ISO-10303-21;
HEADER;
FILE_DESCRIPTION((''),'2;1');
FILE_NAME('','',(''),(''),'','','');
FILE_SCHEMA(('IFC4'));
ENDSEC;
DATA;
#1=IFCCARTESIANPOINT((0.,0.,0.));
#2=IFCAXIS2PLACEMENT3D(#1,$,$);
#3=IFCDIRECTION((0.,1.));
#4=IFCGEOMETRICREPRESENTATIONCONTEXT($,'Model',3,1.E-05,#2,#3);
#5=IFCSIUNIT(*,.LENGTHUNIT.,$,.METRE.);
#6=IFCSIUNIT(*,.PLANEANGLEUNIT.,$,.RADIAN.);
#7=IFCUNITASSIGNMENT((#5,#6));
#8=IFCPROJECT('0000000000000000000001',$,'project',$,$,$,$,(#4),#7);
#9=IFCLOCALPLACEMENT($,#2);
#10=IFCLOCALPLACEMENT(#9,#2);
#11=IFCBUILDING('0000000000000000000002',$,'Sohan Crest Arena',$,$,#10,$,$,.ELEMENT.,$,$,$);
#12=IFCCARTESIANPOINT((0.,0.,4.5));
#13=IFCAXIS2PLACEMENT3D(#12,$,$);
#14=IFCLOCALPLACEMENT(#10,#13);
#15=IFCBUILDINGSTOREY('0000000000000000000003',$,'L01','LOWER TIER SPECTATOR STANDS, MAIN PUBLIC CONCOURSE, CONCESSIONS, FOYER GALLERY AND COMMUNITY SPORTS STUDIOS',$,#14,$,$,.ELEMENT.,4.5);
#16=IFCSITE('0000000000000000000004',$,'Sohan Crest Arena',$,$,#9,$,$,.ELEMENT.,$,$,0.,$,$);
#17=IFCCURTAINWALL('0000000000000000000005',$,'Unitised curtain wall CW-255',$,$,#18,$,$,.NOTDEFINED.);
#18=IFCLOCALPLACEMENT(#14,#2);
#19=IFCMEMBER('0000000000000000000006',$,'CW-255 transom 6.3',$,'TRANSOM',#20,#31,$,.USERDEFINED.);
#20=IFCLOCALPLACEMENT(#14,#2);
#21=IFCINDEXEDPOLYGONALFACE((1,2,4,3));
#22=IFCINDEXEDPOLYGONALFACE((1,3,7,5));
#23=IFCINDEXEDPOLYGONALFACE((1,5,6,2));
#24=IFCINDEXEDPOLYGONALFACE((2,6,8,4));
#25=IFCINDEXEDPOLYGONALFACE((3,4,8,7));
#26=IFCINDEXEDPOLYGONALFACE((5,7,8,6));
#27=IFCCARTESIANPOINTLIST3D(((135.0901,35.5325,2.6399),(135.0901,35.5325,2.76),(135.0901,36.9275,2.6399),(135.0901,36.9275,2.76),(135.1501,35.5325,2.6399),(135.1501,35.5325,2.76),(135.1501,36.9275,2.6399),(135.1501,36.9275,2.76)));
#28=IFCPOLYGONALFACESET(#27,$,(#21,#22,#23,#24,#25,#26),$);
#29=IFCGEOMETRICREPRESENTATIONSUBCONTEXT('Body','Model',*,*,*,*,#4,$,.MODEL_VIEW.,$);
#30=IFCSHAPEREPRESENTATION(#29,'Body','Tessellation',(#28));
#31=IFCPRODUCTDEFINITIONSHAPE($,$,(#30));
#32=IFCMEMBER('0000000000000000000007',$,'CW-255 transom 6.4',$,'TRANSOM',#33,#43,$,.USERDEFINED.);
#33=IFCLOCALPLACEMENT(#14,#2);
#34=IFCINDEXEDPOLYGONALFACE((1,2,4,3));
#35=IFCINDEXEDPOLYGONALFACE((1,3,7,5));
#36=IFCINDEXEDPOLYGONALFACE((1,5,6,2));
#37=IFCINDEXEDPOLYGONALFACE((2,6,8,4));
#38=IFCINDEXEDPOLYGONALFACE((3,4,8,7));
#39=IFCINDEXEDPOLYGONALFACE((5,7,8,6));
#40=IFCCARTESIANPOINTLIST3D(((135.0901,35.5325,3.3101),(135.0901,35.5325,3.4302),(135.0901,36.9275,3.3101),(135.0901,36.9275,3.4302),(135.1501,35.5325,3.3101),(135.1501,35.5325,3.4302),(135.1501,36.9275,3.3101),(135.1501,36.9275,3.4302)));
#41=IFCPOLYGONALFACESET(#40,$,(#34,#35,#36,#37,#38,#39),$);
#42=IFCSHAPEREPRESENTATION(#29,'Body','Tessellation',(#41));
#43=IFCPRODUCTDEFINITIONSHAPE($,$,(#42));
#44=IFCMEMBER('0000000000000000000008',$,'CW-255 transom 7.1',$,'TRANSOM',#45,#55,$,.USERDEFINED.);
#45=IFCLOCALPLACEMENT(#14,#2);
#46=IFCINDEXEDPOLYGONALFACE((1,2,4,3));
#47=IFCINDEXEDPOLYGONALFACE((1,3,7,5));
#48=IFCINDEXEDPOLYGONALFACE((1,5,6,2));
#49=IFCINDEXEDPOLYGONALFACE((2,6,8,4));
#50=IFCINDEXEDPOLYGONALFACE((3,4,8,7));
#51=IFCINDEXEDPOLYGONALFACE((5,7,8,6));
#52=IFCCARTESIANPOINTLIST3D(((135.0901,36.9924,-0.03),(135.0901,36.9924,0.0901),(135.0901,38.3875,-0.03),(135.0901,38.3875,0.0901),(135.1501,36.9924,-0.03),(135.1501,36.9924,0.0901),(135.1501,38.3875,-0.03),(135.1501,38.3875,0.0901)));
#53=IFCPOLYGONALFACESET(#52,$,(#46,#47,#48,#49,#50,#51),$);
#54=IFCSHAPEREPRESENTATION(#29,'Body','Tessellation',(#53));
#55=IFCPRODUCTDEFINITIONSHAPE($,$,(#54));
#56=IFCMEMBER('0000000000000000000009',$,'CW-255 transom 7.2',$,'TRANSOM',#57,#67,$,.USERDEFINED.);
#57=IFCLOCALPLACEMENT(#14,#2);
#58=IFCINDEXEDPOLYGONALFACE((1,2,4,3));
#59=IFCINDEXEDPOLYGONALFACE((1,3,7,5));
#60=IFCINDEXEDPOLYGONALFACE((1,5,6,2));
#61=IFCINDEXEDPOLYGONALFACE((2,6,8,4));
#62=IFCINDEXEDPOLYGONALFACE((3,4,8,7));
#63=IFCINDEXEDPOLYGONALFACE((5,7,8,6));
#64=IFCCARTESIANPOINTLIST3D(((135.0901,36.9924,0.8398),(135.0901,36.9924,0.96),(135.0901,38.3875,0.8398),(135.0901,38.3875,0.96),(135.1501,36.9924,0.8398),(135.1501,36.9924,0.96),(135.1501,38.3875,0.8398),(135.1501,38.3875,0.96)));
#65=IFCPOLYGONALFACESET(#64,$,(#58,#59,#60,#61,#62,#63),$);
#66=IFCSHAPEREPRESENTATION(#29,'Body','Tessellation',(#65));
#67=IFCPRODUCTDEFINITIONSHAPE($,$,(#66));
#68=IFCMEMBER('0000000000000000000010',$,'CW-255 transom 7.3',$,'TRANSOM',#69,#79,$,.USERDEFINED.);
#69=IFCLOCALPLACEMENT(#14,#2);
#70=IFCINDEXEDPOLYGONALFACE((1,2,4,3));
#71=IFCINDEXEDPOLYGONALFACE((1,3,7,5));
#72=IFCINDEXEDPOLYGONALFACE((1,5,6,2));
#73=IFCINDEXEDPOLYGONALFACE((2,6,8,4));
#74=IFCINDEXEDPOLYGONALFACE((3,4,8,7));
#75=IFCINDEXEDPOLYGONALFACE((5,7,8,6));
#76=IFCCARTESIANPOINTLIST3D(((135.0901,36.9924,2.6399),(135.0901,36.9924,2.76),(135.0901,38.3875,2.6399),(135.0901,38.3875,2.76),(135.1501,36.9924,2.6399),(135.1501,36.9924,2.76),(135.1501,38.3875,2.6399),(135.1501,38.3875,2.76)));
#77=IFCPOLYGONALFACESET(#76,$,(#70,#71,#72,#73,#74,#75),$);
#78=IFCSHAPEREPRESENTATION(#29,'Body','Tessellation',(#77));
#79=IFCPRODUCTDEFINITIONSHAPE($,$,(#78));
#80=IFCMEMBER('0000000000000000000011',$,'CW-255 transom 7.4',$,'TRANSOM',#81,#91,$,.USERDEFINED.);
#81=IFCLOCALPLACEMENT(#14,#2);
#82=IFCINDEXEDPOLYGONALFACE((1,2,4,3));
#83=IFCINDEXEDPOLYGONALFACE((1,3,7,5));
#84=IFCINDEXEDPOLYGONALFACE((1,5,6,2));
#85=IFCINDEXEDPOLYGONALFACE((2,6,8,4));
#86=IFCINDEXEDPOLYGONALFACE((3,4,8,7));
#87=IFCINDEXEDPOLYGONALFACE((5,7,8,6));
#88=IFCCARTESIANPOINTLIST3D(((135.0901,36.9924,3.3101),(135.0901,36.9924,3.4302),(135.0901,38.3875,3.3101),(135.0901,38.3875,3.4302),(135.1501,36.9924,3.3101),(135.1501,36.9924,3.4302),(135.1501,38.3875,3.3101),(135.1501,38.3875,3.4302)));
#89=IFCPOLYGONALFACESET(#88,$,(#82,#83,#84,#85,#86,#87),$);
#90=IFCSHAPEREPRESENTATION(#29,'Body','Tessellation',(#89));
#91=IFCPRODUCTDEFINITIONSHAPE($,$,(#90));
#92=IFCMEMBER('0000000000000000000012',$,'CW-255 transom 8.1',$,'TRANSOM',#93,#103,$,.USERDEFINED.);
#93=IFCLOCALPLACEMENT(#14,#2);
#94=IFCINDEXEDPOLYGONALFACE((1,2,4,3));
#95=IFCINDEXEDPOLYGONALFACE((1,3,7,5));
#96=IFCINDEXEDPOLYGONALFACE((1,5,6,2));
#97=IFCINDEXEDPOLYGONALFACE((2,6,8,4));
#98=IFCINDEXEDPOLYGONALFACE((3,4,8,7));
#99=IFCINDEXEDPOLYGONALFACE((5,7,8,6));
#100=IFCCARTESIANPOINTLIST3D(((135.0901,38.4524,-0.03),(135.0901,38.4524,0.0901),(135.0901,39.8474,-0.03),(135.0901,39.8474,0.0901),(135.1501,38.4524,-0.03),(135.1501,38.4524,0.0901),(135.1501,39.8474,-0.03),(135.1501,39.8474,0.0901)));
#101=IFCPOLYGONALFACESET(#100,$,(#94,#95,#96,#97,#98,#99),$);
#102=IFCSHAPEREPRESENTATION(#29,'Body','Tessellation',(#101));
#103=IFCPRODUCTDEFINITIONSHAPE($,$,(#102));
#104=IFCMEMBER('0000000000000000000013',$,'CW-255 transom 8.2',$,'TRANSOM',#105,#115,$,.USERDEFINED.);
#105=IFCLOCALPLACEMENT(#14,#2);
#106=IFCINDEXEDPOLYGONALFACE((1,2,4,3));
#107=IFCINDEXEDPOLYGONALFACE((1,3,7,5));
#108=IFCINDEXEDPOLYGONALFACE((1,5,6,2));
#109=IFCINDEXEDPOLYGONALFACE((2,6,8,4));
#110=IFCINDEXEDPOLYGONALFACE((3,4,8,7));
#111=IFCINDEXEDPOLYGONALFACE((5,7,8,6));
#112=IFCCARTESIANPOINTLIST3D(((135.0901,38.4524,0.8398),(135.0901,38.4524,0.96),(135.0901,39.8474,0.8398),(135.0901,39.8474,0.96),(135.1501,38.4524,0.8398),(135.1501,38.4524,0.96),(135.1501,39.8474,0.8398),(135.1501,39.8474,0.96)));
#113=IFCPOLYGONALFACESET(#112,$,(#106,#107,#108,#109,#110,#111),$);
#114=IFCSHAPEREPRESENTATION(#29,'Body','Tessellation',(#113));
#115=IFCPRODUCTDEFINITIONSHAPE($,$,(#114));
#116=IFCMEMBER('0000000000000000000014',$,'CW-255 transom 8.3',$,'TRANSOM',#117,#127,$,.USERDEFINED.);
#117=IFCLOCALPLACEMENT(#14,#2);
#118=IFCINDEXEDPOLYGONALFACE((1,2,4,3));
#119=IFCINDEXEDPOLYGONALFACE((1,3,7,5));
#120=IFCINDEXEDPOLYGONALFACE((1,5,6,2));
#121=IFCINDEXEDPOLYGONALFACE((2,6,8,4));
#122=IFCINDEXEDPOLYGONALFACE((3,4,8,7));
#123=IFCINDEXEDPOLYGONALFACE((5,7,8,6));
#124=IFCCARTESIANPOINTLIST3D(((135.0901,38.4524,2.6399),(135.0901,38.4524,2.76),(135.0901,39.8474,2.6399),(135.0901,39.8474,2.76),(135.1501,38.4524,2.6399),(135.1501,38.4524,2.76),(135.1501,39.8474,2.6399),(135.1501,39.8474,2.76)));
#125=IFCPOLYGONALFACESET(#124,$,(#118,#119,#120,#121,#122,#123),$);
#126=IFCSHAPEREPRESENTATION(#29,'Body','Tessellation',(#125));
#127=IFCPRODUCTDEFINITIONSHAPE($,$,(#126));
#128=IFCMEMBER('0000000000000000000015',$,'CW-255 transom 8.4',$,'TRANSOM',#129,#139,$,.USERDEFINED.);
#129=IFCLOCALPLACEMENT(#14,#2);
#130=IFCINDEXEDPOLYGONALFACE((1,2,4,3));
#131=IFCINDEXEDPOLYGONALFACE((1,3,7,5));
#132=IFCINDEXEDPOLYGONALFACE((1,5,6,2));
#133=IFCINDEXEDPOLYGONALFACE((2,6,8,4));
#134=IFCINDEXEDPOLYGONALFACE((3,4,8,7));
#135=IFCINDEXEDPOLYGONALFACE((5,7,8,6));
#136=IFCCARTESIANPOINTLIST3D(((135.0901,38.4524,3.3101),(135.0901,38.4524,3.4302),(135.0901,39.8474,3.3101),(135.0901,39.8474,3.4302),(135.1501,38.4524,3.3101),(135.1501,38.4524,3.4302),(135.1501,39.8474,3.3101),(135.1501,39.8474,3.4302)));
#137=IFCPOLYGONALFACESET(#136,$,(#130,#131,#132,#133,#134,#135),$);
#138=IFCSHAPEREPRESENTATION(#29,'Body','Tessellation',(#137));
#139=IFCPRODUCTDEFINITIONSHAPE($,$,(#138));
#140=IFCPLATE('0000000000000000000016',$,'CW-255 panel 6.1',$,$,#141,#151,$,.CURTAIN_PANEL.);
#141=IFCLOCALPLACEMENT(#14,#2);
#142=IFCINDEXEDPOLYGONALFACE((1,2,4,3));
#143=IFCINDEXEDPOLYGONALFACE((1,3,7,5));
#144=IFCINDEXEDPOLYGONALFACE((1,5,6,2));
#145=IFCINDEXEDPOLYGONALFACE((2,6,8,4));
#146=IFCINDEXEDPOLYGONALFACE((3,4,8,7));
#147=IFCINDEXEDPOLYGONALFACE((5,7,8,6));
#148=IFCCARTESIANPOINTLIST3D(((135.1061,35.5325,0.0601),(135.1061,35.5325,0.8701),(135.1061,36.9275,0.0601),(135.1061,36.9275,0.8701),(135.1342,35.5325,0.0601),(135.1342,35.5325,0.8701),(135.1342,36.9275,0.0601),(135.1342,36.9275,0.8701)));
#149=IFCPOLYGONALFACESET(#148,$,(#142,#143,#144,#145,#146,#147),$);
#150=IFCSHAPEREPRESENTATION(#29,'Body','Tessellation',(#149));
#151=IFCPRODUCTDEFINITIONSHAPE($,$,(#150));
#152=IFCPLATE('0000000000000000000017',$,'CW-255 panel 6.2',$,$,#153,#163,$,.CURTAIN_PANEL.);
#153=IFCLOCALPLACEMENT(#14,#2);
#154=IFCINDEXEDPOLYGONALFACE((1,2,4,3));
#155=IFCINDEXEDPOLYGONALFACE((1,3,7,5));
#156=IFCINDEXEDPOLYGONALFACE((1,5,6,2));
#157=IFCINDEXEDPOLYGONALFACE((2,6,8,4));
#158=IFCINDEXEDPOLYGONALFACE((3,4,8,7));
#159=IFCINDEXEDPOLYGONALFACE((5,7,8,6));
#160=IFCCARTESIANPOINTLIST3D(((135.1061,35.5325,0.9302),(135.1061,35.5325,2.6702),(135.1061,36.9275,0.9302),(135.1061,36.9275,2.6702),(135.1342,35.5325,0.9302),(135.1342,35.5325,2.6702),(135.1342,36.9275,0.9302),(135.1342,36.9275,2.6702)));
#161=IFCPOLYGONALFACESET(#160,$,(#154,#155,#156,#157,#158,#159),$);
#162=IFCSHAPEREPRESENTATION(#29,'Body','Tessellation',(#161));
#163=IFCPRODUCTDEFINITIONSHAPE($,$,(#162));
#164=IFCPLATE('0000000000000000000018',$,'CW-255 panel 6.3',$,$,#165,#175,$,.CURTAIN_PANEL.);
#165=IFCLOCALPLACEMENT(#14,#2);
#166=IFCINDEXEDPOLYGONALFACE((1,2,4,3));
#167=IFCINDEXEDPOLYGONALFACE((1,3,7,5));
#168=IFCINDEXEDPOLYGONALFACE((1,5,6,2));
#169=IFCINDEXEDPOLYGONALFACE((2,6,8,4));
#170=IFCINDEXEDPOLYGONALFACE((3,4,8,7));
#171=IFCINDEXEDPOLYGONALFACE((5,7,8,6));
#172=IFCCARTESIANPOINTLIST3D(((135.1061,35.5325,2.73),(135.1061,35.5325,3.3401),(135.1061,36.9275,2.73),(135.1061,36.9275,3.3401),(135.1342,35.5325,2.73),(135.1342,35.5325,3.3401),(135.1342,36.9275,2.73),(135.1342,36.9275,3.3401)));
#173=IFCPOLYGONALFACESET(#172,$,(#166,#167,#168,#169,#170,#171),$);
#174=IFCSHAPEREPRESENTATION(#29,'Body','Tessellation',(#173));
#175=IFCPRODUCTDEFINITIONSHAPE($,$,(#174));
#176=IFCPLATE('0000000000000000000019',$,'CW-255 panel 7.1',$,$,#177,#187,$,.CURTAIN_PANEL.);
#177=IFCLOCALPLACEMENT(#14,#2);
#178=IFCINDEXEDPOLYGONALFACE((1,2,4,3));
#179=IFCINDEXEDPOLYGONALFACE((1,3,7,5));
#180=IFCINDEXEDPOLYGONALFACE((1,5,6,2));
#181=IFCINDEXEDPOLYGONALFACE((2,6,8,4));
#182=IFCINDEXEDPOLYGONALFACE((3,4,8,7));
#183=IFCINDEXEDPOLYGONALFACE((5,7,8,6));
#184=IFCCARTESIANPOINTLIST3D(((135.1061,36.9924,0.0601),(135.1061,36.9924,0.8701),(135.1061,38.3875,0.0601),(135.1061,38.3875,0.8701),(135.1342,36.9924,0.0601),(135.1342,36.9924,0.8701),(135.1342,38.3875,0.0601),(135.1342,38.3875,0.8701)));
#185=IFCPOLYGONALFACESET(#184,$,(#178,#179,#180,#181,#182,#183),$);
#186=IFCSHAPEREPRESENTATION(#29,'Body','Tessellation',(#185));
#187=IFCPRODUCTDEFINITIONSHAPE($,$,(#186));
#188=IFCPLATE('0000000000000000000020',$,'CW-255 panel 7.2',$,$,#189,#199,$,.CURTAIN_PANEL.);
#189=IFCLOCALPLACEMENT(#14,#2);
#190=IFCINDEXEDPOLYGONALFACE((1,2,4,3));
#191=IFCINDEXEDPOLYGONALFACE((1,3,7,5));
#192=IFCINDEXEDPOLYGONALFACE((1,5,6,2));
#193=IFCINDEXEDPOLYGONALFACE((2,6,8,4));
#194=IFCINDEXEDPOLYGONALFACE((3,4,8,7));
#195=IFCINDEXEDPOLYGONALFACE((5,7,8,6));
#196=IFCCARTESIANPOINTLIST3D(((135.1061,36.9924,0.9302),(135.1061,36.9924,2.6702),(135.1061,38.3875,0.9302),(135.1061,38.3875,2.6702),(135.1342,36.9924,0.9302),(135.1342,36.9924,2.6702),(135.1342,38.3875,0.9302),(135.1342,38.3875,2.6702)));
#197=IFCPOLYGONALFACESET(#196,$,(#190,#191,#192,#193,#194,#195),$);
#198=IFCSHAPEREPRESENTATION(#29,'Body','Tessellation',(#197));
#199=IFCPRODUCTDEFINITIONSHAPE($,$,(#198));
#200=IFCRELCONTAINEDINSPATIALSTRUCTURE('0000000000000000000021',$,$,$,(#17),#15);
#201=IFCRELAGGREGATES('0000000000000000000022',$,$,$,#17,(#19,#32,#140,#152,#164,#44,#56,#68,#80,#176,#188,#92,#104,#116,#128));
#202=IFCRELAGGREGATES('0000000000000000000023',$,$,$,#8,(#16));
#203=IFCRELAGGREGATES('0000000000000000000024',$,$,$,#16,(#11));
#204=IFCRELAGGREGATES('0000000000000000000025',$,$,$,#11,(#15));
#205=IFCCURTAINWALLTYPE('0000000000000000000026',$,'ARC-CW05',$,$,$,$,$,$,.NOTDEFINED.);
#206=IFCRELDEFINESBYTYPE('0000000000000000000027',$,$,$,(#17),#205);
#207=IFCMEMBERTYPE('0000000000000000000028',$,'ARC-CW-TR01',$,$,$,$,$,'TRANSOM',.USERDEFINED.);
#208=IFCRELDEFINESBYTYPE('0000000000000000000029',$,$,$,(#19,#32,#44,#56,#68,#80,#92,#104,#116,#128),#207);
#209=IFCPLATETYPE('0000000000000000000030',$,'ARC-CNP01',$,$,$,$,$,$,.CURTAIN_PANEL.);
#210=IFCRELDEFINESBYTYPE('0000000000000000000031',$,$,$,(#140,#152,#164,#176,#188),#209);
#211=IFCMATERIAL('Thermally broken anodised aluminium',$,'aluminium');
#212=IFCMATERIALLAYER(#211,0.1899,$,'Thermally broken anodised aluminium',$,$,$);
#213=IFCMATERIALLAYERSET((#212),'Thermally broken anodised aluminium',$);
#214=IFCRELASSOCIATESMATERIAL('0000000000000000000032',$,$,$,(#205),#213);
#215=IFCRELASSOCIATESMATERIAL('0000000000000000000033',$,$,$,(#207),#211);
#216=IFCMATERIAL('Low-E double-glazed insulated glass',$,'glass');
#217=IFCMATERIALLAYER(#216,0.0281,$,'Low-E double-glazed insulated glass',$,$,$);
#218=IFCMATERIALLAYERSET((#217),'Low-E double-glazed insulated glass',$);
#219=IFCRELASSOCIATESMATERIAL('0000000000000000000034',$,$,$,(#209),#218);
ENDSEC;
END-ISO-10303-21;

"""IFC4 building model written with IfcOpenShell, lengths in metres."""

from ifc_helpers import new_model, si_unit, direction, frame, origin, origin_2d, place, context, subcontext, project, spatial, rectangle, extrude, material, layer, layer_set, material_profile, profile_set, type_object, element, aggregate, save


model = new_model("IFC4")

# Units and contexts
model_context = context("Model", 3, precision=1e-05, world=origin(), true_north=direction((0.0, 1.0)))
body_context = subcontext(model_context, "Body", "Model", "MODEL_VIEW")
ifc_project = project(units=[si_unit("LENGTHUNIT", "METRE"), si_unit("PLANEANGLEUNIT", "RADIAN")], contexts=[model_context])

# Site, building, storey
site_placement = place(None, origin())
site = spatial("IfcSite", under=ifc_project, at=site_placement, Name="Sohan Crest Arena", CompositionType="ELEMENT", RefElevation=0.0)
building_placement = place(site_placement, origin())
building = spatial("IfcBuilding", under=site, at=building_placement, Name="Sohan Crest Arena", CompositionType="ELEMENT")
storey_placement = place(building_placement, frame((0.0, 0.0, 4.5)))
storey = spatial("IfcBuildingStorey", under=building, at=storey_placement, Name="L01", Description="LOWER TIER SPECTATOR STANDS, MAIN PUBLIC CONCOURSE, CONCESSIONS, FOYER GALLERY AND COMMUNITY SPORTS STUDIOS", CompositionType="ELEMENT", Elevation=4.5)

# Curtain wall
ifc_material_1 = material(Name="Thermally broken anodised aluminium", Category="aluminium")
ifc_layer_1 = layer(ifc_material_1, 0.1899, Name="Thermally broken anodised aluminium")
ifc_layer_set_1 = layer_set([ifc_layer_1], Name="Thermally broken anodised aluminium")
curtain_wall_type_1 = type_object("IfcCurtainWallType", Name="ARC-CW05", PredefinedType="NOTDEFINED", material=ifc_layer_set_1)
curtain_wall_1_placement = place(storey_placement, origin())
curtain_wall_1 = element("IfcCurtainWall", 1, at=curtain_wall_1_placement, inside=storey, type_object=curtain_wall_type_1, Name="Unitised curtain wall CW-255", PredefinedType="NOTDEFINED")
ifc_material_profile_1 = material_profile(ifc_material_1, rectangle(XDim=0.0601, YDim=0.1201, at=origin_2d()), Name="ALU-TRAN 60x120")
ifc_profile_set_1 = profile_set([ifc_material_profile_1], Name="Thermally broken anodised aluminium")
member_type_1 = type_object("IfcMemberType", Name="ARC-CW-TR01", ElementType="TRANSOM", PredefinedType="USERDEFINED", material=ifc_profile_set_1)

# Members
member_1_placement = place(storey_placement, frame((135.1201, 35.5325, 2.7), z_axis=(0.0, 1.0, 0.0), x_axis=(-1.0, 0.0, 0.0)))
member_1 = element("IfcMember", 2, at=member_1_placement, type_object=member_type_1, Name="CW-255 transom 6.3", ObjectType="TRANSOM", PredefinedType="USERDEFINED", context=body_context, shape_type="SweptSolid", body=[
    extrude(rectangle(XDim=0.0601, YDim=0.1201, at=origin_2d()), origin(), (0.0, 0.0, 1.0), 1.395),
])
member_2_placement = place(storey_placement, frame((135.1201, 35.5325, 3.3701), z_axis=(0.0, 1.0, 0.0), x_axis=(-1.0, 0.0, 0.0)))
member_2 = element("IfcMember", 3, at=member_2_placement, type_object=member_type_1, Name="CW-255 transom 6.4", ObjectType="TRANSOM", PredefinedType="USERDEFINED", context=body_context, shape_type="SweptSolid", body=[
    extrude(rectangle(XDim=0.0601, YDim=0.1201, at=origin_2d()), origin(), (0.0, 0.0, 1.0), 1.395),
])
member_3_placement = place(storey_placement, frame((135.1201, 36.9924, 0.03), z_axis=(0.0, 1.0, 0.0), x_axis=(-1.0, 0.0, 0.0)))
member_3 = element("IfcMember", 4, at=member_3_placement, type_object=member_type_1, Name="CW-255 transom 7.1", ObjectType="TRANSOM", PredefinedType="USERDEFINED", context=body_context, shape_type="SweptSolid", body=[
    extrude(rectangle(XDim=0.0601, YDim=0.1201, at=origin_2d()), origin(), (0.0, 0.0, 1.0), 1.395),
])
member_4_placement = place(storey_placement, frame((135.1201, 36.9924, 0.8999), z_axis=(0.0, 1.0, 0.0), x_axis=(-1.0, 0.0, 0.0)))
member_4 = element("IfcMember", 5, at=member_4_placement, type_object=member_type_1, Name="CW-255 transom 7.2", ObjectType="TRANSOM", PredefinedType="USERDEFINED", context=body_context, shape_type="SweptSolid", body=[
    extrude(rectangle(XDim=0.0601, YDim=0.1201, at=origin_2d()), origin(), (0.0, 0.0, 1.0), 1.395),
])
member_5_placement = place(storey_placement, frame((135.1201, 36.9924, 2.7), z_axis=(0.0, 1.0, 0.0), x_axis=(-1.0, 0.0, 0.0)))
member_5 = element("IfcMember", 6, at=member_5_placement, type_object=member_type_1, Name="CW-255 transom 7.3", ObjectType="TRANSOM", PredefinedType="USERDEFINED", context=body_context, shape_type="SweptSolid", body=[
    extrude(rectangle(XDim=0.0601, YDim=0.1201, at=origin_2d()), origin(), (0.0, 0.0, 1.0), 1.395),
])
member_6_placement = place(storey_placement, frame((135.1201, 36.9924, 3.3701), z_axis=(0.0, 1.0, 0.0), x_axis=(-1.0, 0.0, 0.0)))
member_6 = element("IfcMember", 7, at=member_6_placement, type_object=member_type_1, Name="CW-255 transom 7.4", ObjectType="TRANSOM", PredefinedType="USERDEFINED", context=body_context, shape_type="SweptSolid", body=[
    extrude(rectangle(XDim=0.0601, YDim=0.1201, at=origin_2d()), origin(), (0.0, 0.0, 1.0), 1.395),
])
member_7_placement = place(storey_placement, frame((135.1201, 38.4524, 0.03), z_axis=(0.0, 1.0, 0.0), x_axis=(-1.0, 0.0, 0.0)))
member_7 = element("IfcMember", 8, at=member_7_placement, type_object=member_type_1, Name="CW-255 transom 8.1", ObjectType="TRANSOM", PredefinedType="USERDEFINED", context=body_context, shape_type="SweptSolid", body=[
    extrude(rectangle(XDim=0.0601, YDim=0.1201, at=origin_2d()), origin(), (0.0, 0.0, 1.0), 1.395),
])
member_8_placement = place(storey_placement, frame((135.1201, 38.4524, 0.8999), z_axis=(0.0, 1.0, 0.0), x_axis=(-1.0, 0.0, 0.0)))
member_8 = element("IfcMember", 9, at=member_8_placement, type_object=member_type_1, Name="CW-255 transom 8.2", ObjectType="TRANSOM", PredefinedType="USERDEFINED", context=body_context, shape_type="SweptSolid", body=[
    extrude(rectangle(XDim=0.0601, YDim=0.1201, at=origin_2d()), origin(), (0.0, 0.0, 1.0), 1.395),
])
member_9_placement = place(storey_placement, frame((135.1201, 38.4524, 2.7), z_axis=(0.0, 1.0, 0.0), x_axis=(-1.0, 0.0, 0.0)))
member_9 = element("IfcMember", 10, at=member_9_placement, type_object=member_type_1, Name="CW-255 transom 8.3", ObjectType="TRANSOM", PredefinedType="USERDEFINED", context=body_context, shape_type="SweptSolid", body=[
    extrude(rectangle(XDim=0.0601, YDim=0.1201, at=origin_2d()), origin(), (0.0, 0.0, 1.0), 1.395),
])
member_10_placement = place(storey_placement, frame((135.1201, 38.4524, 3.3701), z_axis=(0.0, 1.0, 0.0), x_axis=(-1.0, 0.0, 0.0)))
member_10 = element("IfcMember", 11, at=member_10_placement, type_object=member_type_1, Name="CW-255 transom 8.4", ObjectType="TRANSOM", PredefinedType="USERDEFINED", context=body_context, shape_type="SweptSolid", body=[
    extrude(rectangle(XDim=0.0601, YDim=0.1201, at=origin_2d()), origin(), (0.0, 0.0, 1.0), 1.395),
])

# Plates
ifc_material_2 = material(Name="Low-E double-glazed insulated glass", Category="glass")
ifc_layer_2 = layer(ifc_material_2, 0.0281, Name="Low-E double-glazed insulated glass")
ifc_layer_set_2 = layer_set([ifc_layer_2], Name="Low-E double-glazed insulated glass")
plate_type_1 = type_object("IfcPlateType", Name="ARC-CNP01", PredefinedType="CURTAIN_PANEL", material=ifc_layer_set_2)
plate_1_placement = place(storey_placement, frame((135.1201, 36.23, 0.0601), z_axis=(0.0, 0.0, 1.0), x_axis=(0.0, 1.0, 0.0)))
plate_1 = element("IfcPlate", 12, at=plate_1_placement, type_object=plate_type_1, Name="CW-255 panel 6.1", PredefinedType="CURTAIN_PANEL", context=body_context, shape_type="SweptSolid", body=[
    extrude(rectangle(XDim=1.395, YDim=0.0281, at=origin_2d()), origin(), (0.0, 0.0, 1.0), 0.8101),
])
plate_2_placement = place(storey_placement, frame((135.1201, 36.23, 0.9302), z_axis=(0.0, 0.0, 1.0), x_axis=(0.0, 1.0, 0.0)))
plate_2 = element("IfcPlate", 13, at=plate_2_placement, type_object=plate_type_1, Name="CW-255 panel 6.2", PredefinedType="CURTAIN_PANEL", context=body_context, shape_type="SweptSolid", body=[
    extrude(rectangle(XDim=1.395, YDim=0.0281, at=origin_2d()), origin(), (0.0, 0.0, 1.0), 1.74),
])
plate_3_placement = place(storey_placement, frame((135.1201, 36.23, 2.73), z_axis=(0.0, 0.0, 1.0), x_axis=(0.0, 1.0, 0.0)))
plate_3 = element("IfcPlate", 14, at=plate_3_placement, type_object=plate_type_1, Name="CW-255 panel 6.3", PredefinedType="CURTAIN_PANEL", context=body_context, shape_type="SweptSolid", body=[
    extrude(rectangle(XDim=1.395, YDim=0.0281, at=origin_2d()), origin(), (0.0, 0.0, 1.0), 0.6101),
])
plate_4_placement = place(storey_placement, frame((135.1201, 37.6899, 0.0601), z_axis=(0.0, 0.0, 1.0), x_axis=(0.0, 1.0, 0.0)))
plate_4 = element("IfcPlate", 15, at=plate_4_placement, type_object=plate_type_1, Name="CW-255 panel 7.1", PredefinedType="CURTAIN_PANEL", context=body_context, shape_type="SweptSolid", body=[
    extrude(rectangle(XDim=1.395, YDim=0.0281, at=origin_2d()), origin(), (0.0, 0.0, 1.0), 0.8101),
])
plate_5_placement = place(storey_placement, frame((135.1201, 37.6899, 0.9302), z_axis=(0.0, 0.0, 1.0), x_axis=(0.0, 1.0, 0.0)))
plate_5 = element("IfcPlate", 16, at=plate_5_placement, type_object=plate_type_1, Name="CW-255 panel 7.2", PredefinedType="CURTAIN_PANEL", context=body_context, shape_type="SweptSolid", body=[
    extrude(rectangle(XDim=1.395, YDim=0.0281, at=origin_2d()), origin(), (0.0, 0.0, 1.0), 1.74),
])
aggregate(curtain_wall_1, [member_1, member_2, plate_1, plate_2, plate_3, member_3, member_4, member_5, member_6, plate_4, plate_5, member_7, member_8, member_9, member_10])

save(model, "model.ifc")
